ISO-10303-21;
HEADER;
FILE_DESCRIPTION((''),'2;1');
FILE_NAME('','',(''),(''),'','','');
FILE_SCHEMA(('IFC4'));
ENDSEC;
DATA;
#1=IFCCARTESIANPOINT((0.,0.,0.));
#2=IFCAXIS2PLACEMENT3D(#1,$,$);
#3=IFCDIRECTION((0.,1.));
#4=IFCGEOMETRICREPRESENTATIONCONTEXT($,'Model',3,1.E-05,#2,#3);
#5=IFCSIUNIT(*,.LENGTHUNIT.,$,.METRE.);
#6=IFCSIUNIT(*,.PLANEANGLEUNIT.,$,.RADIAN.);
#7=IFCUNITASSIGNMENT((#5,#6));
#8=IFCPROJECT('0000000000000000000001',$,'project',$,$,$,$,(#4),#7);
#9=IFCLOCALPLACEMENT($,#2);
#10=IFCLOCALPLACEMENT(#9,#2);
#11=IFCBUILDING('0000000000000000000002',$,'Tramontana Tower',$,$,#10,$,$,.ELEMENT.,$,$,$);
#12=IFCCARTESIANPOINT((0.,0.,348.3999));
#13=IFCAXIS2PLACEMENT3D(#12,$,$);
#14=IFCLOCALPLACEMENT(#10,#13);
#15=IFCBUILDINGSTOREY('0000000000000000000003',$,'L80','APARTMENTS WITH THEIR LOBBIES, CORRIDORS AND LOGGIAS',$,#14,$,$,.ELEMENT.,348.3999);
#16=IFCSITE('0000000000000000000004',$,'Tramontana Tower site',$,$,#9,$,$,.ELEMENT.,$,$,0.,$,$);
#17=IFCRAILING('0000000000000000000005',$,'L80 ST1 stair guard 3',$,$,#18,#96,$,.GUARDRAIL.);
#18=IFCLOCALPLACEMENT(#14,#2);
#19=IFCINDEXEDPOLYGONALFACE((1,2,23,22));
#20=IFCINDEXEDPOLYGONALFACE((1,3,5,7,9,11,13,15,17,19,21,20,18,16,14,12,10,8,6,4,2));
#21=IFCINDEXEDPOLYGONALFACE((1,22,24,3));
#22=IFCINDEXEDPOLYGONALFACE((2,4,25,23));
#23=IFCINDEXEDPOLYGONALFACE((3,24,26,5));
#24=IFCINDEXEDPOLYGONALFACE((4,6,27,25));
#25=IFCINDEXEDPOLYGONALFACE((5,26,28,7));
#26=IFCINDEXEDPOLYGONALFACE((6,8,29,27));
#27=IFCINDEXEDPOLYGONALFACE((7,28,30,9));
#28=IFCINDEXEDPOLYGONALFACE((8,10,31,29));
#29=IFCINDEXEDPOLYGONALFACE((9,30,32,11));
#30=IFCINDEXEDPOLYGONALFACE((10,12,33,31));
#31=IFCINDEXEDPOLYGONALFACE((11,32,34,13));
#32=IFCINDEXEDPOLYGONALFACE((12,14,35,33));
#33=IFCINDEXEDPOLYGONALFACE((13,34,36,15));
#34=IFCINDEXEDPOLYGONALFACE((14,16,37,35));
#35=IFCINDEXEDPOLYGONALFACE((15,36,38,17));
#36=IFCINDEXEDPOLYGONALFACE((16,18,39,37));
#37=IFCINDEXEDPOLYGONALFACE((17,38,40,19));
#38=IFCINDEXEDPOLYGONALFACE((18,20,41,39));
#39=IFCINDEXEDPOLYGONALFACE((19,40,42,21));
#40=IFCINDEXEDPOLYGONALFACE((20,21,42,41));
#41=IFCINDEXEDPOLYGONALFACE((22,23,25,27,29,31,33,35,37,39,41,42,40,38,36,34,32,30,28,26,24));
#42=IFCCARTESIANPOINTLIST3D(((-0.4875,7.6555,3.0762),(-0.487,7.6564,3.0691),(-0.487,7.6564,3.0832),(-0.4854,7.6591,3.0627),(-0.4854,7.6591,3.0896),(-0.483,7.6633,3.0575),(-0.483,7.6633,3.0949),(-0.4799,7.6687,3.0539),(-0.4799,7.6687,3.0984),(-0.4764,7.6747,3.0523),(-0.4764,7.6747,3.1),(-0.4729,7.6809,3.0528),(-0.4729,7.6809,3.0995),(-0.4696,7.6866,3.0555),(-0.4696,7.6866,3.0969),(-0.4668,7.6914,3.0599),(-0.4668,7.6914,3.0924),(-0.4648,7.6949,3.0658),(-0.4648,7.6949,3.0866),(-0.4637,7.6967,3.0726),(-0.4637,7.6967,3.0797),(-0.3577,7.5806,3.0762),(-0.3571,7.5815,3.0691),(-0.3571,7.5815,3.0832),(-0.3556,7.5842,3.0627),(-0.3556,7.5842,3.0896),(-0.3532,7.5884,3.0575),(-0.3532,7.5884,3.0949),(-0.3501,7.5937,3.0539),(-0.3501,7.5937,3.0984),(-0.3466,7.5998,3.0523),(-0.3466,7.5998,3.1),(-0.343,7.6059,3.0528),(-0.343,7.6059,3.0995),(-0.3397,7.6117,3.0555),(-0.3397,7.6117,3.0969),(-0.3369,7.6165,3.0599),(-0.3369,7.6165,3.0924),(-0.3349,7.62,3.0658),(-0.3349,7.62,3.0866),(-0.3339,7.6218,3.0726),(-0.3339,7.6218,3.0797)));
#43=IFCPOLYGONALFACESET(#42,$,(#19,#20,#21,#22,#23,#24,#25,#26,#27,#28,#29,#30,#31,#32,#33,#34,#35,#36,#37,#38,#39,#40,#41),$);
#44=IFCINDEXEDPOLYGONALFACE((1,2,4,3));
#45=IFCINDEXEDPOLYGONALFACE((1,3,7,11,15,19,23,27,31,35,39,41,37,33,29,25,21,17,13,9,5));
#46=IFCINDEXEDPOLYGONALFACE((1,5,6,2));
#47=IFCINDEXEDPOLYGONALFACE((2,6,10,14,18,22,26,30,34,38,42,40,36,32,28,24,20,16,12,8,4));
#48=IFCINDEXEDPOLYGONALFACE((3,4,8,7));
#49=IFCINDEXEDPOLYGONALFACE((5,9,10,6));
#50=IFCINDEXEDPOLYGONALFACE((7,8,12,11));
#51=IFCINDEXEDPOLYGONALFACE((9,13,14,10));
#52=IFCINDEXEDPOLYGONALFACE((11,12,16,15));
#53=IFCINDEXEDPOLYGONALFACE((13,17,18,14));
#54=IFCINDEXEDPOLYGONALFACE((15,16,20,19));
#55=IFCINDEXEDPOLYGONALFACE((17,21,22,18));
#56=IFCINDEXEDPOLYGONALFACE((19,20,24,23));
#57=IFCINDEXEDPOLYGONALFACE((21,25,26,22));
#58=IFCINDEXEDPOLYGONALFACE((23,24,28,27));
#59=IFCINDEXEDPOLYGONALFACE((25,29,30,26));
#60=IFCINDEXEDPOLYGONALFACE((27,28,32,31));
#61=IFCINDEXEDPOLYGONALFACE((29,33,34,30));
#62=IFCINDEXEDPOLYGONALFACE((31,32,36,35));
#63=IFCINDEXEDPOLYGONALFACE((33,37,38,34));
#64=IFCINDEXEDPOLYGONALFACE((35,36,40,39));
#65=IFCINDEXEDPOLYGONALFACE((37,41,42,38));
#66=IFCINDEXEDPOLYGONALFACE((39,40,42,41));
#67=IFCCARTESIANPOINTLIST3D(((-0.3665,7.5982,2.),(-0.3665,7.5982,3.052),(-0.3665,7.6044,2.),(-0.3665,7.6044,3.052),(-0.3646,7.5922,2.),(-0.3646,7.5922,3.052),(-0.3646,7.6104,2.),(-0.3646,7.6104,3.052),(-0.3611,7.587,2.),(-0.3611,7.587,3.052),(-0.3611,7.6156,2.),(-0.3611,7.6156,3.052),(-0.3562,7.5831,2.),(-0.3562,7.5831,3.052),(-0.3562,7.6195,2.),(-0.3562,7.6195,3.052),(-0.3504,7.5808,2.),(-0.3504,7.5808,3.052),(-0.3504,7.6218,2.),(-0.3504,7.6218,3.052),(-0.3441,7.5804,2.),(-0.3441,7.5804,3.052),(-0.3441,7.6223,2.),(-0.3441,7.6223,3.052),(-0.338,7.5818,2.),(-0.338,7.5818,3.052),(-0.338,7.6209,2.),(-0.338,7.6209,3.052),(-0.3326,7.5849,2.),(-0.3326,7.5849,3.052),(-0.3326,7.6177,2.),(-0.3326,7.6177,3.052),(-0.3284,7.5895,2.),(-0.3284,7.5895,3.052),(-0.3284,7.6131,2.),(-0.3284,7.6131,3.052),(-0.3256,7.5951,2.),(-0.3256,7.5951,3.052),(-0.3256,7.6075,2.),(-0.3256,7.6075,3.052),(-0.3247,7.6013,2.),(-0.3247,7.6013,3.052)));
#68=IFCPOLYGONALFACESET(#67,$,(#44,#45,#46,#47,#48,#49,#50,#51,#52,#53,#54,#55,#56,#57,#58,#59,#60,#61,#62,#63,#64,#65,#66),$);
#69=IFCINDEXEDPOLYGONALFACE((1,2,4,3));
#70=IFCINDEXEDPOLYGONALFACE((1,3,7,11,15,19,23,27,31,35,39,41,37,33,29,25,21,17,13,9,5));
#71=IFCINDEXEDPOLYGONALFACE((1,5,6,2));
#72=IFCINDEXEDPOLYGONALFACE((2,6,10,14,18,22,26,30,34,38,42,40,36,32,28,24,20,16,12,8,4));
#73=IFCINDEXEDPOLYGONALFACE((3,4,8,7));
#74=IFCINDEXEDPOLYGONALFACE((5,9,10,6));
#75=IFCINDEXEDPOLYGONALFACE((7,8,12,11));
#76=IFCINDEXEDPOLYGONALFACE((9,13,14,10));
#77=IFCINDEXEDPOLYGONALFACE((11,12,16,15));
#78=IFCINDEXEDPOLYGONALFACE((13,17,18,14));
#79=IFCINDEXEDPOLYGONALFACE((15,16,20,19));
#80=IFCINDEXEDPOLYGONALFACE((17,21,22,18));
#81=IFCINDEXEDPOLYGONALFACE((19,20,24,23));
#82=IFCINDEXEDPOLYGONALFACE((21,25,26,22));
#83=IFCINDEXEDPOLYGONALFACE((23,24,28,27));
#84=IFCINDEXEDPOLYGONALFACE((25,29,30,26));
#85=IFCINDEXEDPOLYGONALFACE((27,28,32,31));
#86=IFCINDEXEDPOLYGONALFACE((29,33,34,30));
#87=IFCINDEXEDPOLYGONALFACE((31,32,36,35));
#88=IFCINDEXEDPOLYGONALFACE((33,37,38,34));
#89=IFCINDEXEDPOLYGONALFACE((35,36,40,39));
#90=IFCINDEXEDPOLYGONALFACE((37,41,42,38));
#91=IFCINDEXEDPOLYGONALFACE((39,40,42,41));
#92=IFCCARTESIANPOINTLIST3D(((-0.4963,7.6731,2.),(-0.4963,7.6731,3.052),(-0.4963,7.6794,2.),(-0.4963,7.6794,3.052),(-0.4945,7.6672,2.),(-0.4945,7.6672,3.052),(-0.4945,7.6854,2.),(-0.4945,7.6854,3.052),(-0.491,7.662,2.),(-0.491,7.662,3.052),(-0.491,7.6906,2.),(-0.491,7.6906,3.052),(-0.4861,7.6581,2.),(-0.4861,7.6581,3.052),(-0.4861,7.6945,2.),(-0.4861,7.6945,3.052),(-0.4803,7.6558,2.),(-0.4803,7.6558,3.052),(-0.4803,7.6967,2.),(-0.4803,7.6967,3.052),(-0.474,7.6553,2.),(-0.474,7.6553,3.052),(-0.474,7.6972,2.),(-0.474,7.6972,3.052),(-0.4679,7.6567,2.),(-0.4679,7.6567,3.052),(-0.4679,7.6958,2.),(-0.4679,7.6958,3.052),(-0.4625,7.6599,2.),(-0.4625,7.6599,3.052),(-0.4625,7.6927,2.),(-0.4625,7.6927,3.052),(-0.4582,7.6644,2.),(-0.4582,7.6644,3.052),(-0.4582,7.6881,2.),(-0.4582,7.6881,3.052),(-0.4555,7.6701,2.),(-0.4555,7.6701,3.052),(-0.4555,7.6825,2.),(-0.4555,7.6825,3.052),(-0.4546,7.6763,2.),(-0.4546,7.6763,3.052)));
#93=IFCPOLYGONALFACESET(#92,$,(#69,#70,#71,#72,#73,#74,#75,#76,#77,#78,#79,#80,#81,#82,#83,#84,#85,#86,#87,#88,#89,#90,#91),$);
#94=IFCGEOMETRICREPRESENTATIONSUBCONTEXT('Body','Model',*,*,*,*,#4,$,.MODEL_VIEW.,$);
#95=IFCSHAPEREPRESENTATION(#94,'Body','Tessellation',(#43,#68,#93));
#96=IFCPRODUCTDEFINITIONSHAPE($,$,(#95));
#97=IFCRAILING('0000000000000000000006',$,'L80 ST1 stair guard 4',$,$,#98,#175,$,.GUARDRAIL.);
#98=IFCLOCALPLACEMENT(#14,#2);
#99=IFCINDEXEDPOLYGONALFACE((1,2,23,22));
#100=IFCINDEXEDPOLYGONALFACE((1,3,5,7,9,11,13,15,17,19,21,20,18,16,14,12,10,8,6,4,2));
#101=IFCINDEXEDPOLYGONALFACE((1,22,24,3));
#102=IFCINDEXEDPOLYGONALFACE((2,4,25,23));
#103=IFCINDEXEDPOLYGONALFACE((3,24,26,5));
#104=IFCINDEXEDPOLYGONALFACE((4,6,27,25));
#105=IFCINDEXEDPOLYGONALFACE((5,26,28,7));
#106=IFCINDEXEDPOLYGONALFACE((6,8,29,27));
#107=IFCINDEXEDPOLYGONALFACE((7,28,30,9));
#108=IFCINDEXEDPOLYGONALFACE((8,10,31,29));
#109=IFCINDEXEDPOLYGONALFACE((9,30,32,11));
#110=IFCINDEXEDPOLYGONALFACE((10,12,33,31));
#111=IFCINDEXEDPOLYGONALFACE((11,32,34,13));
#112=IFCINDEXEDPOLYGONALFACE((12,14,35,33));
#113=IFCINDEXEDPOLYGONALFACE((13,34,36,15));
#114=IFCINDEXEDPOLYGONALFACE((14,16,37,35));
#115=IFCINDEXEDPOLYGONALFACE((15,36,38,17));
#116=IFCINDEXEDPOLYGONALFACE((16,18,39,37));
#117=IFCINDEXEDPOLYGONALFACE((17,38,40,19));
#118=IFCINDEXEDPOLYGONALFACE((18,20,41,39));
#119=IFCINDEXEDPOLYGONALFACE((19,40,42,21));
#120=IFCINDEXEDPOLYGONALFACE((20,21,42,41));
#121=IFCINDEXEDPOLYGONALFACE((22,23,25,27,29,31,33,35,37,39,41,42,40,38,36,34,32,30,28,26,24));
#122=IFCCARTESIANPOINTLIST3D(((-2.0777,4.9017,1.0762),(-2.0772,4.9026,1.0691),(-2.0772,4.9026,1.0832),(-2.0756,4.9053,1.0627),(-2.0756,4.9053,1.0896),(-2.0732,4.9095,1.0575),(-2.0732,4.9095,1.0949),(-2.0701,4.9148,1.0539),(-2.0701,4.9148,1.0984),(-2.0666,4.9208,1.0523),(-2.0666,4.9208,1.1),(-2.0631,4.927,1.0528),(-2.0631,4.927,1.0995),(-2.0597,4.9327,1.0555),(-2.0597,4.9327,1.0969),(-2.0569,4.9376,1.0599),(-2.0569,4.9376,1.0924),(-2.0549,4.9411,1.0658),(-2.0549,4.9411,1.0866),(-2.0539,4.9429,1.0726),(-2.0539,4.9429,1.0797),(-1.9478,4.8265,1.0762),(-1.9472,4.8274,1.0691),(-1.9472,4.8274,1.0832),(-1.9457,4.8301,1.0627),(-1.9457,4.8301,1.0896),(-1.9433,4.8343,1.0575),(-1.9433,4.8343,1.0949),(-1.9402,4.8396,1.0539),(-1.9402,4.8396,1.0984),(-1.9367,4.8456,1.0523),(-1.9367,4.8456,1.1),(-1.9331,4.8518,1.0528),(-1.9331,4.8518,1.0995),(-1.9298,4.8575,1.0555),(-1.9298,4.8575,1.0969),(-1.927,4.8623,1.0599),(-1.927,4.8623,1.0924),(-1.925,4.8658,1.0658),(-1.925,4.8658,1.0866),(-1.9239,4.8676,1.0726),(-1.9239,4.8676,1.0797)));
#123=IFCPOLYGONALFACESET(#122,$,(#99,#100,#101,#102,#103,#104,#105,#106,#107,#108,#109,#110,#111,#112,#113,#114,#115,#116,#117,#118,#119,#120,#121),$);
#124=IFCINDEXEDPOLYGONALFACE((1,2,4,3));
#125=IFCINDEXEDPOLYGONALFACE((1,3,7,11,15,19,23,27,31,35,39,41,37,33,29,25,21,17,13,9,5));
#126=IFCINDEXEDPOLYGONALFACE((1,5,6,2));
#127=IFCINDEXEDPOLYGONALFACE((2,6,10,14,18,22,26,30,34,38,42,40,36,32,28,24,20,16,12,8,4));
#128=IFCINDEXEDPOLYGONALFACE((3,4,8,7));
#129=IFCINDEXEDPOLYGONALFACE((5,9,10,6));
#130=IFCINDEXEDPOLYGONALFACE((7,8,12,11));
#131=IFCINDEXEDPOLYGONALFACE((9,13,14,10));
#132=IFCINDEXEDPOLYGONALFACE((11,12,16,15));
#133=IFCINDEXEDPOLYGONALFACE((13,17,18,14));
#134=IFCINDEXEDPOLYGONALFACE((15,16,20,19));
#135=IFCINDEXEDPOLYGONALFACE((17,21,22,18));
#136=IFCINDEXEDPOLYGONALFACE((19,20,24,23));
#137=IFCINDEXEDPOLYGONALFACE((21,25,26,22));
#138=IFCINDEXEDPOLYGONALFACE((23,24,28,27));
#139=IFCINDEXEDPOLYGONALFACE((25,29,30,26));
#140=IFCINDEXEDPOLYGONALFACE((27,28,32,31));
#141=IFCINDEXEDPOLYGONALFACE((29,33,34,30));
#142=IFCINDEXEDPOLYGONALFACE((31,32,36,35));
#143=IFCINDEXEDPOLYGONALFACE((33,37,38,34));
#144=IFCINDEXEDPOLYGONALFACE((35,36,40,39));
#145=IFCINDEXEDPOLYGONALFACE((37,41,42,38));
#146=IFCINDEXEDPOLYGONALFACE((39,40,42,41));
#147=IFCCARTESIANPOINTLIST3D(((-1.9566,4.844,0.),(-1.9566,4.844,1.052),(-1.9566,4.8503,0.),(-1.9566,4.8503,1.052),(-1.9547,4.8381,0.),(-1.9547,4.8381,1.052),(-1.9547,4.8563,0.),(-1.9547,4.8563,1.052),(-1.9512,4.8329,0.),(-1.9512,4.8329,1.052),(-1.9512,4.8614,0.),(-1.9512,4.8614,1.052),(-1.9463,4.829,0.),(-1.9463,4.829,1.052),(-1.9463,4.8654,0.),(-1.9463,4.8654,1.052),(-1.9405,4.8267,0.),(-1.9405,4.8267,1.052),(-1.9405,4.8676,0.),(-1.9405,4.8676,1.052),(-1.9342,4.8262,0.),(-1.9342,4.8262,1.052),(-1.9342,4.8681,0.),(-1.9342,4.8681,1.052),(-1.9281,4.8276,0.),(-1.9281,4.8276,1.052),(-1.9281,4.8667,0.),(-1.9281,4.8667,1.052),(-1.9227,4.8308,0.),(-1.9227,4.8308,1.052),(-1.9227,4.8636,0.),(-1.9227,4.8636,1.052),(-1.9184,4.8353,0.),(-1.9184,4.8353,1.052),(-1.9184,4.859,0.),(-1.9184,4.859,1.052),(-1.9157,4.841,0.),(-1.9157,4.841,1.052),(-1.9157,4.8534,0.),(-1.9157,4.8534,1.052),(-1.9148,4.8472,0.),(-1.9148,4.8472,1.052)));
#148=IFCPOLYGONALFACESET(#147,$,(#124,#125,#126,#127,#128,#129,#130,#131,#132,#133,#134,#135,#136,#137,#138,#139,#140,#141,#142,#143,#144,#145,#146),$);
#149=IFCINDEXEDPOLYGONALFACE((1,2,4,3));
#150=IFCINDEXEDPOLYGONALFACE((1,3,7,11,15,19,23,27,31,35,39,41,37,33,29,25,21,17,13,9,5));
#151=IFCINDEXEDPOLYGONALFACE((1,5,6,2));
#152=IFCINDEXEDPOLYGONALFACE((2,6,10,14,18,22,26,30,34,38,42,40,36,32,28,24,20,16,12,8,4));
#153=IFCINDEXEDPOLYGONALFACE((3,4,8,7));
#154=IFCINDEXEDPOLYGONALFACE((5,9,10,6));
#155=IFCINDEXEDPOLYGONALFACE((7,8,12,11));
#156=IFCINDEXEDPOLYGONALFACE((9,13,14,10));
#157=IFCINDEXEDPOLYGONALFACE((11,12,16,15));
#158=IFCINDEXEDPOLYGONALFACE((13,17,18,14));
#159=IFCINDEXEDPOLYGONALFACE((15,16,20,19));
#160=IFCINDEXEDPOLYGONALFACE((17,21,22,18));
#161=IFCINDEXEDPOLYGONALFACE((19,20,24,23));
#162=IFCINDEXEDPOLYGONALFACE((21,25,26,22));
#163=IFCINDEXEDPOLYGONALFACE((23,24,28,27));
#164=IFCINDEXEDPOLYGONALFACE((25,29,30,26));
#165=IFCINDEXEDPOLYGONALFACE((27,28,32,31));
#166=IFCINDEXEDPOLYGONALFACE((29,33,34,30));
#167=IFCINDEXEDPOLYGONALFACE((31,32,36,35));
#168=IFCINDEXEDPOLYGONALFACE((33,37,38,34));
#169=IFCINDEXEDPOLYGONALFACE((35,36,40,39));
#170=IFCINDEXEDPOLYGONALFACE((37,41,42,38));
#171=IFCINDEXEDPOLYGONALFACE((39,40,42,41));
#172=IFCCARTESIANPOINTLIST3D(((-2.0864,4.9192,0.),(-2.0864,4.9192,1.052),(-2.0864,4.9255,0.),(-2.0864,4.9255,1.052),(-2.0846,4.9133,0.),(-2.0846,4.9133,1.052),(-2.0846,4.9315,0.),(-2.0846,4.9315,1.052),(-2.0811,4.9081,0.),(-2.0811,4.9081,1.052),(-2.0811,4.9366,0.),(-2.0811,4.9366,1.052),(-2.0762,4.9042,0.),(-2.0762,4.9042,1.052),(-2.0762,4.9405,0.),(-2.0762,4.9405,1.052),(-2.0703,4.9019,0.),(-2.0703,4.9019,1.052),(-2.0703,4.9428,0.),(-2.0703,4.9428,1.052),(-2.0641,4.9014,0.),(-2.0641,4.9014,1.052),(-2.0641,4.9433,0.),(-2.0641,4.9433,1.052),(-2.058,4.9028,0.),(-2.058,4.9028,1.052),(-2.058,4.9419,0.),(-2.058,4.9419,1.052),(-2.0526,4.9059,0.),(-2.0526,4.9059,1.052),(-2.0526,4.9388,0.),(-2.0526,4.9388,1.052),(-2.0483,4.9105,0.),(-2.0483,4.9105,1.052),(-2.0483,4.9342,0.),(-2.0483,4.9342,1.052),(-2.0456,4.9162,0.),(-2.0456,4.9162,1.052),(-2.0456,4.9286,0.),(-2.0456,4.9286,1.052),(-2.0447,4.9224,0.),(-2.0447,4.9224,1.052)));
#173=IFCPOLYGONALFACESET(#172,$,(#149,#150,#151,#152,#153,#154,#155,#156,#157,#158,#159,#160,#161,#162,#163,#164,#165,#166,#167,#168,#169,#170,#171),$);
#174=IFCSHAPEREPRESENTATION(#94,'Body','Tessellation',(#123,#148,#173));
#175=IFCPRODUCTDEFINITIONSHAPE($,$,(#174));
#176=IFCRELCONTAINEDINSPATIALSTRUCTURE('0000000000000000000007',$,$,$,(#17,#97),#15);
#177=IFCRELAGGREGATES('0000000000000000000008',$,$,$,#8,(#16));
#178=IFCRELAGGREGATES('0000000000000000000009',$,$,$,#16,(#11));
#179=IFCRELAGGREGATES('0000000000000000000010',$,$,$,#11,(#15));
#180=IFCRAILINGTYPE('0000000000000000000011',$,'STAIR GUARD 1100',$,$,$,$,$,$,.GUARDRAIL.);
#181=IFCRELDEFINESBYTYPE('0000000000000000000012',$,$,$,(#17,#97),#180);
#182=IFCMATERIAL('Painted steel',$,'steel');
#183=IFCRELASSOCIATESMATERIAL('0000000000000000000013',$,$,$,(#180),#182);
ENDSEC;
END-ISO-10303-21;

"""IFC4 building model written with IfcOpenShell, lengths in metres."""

from ifc_helpers import new_model, si_unit, direction, frame, origin, origin_2d, place, context, subcontext, project, spatial, circle, extrude, material, type_object, element, save


model = new_model("IFC4")

# Units and contexts
model_context = context("Model", 3, precision=1e-05, world=origin(), true_north=direction((0.0, 1.0)))
body_context = subcontext(model_context, "Body", "Model", "MODEL_VIEW")
ifc_project = project(units=[si_unit("LENGTHUNIT", "METRE"), si_unit("PLANEANGLEUNIT", "RADIAN")], contexts=[model_context])

# Site, building, storey
site_placement = place(None, origin())
site = spatial("IfcSite", under=ifc_project, at=site_placement, Name="Tramontana Tower site", CompositionType="ELEMENT", RefElevation=0.0)
building_placement = place(site_placement, origin())
building = spatial("IfcBuilding", under=site, at=building_placement, Name="Tramontana Tower", CompositionType="ELEMENT")
storey_placement = place(building_placement, frame((0.0, 0.0, 348.3999)))
storey = spatial("IfcBuildingStorey", under=building, at=storey_placement, Name="L80", Description="APARTMENTS WITH THEIR LOBBIES, CORRIDORS AND LOGGIAS", CompositionType="ELEMENT", Elevation=348.3999)

# Railings
ifc_material_1 = material(Name="Painted steel", Category="steel")
railing_type_1 = type_object("IfcRailingType", Name="STAIR GUARD 1100", PredefinedType="GUARDRAIL", material=ifc_material_1)
railing_1_placement = place(storey_placement, frame((-0.3457, 7.6013, 2.0)))
element("IfcRailing", 1, at=railing_1_placement, inside=storey, type_object=railing_type_1, Name="L80 ST1 stair guard 3", PredefinedType="GUARDRAIL", context=body_context, shape_type="SweptSolid", body=[
    extrude(circle(Radius=0.0239, at=origin_2d()), frame((0.0, 0.0, 1.0762), z_axis=(-0.866131, 0.499816, 0.0), x_axis=(-0.499816, -0.866131, 0.0)), (0.0, 0.0, 1.0), 0.1499),
    extrude(circle(Radius=0.021, at=origin_2d()), origin(), (0.0, 0.0, 1.0), 1.052),
    extrude(circle(Radius=0.021, at=origin_2d()), frame((-0.1299, 0.075, 0.0)), (0.0, 0.0, 1.0), 1.052),
])
railing_2_placement = place(storey_placement, frame((-1.9358, 4.8472, 0.0)))
element("IfcRailing", 2, at=railing_2_placement, inside=storey, type_object=railing_type_1, Name="L80 ST1 stair guard 4", PredefinedType="GUARDRAIL", context=body_context, shape_type="SweptSolid", body=[
    extrude(circle(Radius=0.0239, at=origin_2d()), frame((0.0, 0.0, 1.0762), z_axis=(-0.865426, 0.501036, 0.0), x_axis=(-0.501036, -0.865426, 0.0)), (0.0, 0.0, 1.0), 0.1501),
    extrude(circle(Radius=0.021, at=origin_2d()), origin(), (0.0, 0.0, 1.0), 1.052),
    extrude(circle(Radius=0.021, at=origin_2d()), frame((-0.1299, 0.0752, 0.0)), (0.0, 0.0, 1.0), 1.052),
])

save(model, "model.ifc")
